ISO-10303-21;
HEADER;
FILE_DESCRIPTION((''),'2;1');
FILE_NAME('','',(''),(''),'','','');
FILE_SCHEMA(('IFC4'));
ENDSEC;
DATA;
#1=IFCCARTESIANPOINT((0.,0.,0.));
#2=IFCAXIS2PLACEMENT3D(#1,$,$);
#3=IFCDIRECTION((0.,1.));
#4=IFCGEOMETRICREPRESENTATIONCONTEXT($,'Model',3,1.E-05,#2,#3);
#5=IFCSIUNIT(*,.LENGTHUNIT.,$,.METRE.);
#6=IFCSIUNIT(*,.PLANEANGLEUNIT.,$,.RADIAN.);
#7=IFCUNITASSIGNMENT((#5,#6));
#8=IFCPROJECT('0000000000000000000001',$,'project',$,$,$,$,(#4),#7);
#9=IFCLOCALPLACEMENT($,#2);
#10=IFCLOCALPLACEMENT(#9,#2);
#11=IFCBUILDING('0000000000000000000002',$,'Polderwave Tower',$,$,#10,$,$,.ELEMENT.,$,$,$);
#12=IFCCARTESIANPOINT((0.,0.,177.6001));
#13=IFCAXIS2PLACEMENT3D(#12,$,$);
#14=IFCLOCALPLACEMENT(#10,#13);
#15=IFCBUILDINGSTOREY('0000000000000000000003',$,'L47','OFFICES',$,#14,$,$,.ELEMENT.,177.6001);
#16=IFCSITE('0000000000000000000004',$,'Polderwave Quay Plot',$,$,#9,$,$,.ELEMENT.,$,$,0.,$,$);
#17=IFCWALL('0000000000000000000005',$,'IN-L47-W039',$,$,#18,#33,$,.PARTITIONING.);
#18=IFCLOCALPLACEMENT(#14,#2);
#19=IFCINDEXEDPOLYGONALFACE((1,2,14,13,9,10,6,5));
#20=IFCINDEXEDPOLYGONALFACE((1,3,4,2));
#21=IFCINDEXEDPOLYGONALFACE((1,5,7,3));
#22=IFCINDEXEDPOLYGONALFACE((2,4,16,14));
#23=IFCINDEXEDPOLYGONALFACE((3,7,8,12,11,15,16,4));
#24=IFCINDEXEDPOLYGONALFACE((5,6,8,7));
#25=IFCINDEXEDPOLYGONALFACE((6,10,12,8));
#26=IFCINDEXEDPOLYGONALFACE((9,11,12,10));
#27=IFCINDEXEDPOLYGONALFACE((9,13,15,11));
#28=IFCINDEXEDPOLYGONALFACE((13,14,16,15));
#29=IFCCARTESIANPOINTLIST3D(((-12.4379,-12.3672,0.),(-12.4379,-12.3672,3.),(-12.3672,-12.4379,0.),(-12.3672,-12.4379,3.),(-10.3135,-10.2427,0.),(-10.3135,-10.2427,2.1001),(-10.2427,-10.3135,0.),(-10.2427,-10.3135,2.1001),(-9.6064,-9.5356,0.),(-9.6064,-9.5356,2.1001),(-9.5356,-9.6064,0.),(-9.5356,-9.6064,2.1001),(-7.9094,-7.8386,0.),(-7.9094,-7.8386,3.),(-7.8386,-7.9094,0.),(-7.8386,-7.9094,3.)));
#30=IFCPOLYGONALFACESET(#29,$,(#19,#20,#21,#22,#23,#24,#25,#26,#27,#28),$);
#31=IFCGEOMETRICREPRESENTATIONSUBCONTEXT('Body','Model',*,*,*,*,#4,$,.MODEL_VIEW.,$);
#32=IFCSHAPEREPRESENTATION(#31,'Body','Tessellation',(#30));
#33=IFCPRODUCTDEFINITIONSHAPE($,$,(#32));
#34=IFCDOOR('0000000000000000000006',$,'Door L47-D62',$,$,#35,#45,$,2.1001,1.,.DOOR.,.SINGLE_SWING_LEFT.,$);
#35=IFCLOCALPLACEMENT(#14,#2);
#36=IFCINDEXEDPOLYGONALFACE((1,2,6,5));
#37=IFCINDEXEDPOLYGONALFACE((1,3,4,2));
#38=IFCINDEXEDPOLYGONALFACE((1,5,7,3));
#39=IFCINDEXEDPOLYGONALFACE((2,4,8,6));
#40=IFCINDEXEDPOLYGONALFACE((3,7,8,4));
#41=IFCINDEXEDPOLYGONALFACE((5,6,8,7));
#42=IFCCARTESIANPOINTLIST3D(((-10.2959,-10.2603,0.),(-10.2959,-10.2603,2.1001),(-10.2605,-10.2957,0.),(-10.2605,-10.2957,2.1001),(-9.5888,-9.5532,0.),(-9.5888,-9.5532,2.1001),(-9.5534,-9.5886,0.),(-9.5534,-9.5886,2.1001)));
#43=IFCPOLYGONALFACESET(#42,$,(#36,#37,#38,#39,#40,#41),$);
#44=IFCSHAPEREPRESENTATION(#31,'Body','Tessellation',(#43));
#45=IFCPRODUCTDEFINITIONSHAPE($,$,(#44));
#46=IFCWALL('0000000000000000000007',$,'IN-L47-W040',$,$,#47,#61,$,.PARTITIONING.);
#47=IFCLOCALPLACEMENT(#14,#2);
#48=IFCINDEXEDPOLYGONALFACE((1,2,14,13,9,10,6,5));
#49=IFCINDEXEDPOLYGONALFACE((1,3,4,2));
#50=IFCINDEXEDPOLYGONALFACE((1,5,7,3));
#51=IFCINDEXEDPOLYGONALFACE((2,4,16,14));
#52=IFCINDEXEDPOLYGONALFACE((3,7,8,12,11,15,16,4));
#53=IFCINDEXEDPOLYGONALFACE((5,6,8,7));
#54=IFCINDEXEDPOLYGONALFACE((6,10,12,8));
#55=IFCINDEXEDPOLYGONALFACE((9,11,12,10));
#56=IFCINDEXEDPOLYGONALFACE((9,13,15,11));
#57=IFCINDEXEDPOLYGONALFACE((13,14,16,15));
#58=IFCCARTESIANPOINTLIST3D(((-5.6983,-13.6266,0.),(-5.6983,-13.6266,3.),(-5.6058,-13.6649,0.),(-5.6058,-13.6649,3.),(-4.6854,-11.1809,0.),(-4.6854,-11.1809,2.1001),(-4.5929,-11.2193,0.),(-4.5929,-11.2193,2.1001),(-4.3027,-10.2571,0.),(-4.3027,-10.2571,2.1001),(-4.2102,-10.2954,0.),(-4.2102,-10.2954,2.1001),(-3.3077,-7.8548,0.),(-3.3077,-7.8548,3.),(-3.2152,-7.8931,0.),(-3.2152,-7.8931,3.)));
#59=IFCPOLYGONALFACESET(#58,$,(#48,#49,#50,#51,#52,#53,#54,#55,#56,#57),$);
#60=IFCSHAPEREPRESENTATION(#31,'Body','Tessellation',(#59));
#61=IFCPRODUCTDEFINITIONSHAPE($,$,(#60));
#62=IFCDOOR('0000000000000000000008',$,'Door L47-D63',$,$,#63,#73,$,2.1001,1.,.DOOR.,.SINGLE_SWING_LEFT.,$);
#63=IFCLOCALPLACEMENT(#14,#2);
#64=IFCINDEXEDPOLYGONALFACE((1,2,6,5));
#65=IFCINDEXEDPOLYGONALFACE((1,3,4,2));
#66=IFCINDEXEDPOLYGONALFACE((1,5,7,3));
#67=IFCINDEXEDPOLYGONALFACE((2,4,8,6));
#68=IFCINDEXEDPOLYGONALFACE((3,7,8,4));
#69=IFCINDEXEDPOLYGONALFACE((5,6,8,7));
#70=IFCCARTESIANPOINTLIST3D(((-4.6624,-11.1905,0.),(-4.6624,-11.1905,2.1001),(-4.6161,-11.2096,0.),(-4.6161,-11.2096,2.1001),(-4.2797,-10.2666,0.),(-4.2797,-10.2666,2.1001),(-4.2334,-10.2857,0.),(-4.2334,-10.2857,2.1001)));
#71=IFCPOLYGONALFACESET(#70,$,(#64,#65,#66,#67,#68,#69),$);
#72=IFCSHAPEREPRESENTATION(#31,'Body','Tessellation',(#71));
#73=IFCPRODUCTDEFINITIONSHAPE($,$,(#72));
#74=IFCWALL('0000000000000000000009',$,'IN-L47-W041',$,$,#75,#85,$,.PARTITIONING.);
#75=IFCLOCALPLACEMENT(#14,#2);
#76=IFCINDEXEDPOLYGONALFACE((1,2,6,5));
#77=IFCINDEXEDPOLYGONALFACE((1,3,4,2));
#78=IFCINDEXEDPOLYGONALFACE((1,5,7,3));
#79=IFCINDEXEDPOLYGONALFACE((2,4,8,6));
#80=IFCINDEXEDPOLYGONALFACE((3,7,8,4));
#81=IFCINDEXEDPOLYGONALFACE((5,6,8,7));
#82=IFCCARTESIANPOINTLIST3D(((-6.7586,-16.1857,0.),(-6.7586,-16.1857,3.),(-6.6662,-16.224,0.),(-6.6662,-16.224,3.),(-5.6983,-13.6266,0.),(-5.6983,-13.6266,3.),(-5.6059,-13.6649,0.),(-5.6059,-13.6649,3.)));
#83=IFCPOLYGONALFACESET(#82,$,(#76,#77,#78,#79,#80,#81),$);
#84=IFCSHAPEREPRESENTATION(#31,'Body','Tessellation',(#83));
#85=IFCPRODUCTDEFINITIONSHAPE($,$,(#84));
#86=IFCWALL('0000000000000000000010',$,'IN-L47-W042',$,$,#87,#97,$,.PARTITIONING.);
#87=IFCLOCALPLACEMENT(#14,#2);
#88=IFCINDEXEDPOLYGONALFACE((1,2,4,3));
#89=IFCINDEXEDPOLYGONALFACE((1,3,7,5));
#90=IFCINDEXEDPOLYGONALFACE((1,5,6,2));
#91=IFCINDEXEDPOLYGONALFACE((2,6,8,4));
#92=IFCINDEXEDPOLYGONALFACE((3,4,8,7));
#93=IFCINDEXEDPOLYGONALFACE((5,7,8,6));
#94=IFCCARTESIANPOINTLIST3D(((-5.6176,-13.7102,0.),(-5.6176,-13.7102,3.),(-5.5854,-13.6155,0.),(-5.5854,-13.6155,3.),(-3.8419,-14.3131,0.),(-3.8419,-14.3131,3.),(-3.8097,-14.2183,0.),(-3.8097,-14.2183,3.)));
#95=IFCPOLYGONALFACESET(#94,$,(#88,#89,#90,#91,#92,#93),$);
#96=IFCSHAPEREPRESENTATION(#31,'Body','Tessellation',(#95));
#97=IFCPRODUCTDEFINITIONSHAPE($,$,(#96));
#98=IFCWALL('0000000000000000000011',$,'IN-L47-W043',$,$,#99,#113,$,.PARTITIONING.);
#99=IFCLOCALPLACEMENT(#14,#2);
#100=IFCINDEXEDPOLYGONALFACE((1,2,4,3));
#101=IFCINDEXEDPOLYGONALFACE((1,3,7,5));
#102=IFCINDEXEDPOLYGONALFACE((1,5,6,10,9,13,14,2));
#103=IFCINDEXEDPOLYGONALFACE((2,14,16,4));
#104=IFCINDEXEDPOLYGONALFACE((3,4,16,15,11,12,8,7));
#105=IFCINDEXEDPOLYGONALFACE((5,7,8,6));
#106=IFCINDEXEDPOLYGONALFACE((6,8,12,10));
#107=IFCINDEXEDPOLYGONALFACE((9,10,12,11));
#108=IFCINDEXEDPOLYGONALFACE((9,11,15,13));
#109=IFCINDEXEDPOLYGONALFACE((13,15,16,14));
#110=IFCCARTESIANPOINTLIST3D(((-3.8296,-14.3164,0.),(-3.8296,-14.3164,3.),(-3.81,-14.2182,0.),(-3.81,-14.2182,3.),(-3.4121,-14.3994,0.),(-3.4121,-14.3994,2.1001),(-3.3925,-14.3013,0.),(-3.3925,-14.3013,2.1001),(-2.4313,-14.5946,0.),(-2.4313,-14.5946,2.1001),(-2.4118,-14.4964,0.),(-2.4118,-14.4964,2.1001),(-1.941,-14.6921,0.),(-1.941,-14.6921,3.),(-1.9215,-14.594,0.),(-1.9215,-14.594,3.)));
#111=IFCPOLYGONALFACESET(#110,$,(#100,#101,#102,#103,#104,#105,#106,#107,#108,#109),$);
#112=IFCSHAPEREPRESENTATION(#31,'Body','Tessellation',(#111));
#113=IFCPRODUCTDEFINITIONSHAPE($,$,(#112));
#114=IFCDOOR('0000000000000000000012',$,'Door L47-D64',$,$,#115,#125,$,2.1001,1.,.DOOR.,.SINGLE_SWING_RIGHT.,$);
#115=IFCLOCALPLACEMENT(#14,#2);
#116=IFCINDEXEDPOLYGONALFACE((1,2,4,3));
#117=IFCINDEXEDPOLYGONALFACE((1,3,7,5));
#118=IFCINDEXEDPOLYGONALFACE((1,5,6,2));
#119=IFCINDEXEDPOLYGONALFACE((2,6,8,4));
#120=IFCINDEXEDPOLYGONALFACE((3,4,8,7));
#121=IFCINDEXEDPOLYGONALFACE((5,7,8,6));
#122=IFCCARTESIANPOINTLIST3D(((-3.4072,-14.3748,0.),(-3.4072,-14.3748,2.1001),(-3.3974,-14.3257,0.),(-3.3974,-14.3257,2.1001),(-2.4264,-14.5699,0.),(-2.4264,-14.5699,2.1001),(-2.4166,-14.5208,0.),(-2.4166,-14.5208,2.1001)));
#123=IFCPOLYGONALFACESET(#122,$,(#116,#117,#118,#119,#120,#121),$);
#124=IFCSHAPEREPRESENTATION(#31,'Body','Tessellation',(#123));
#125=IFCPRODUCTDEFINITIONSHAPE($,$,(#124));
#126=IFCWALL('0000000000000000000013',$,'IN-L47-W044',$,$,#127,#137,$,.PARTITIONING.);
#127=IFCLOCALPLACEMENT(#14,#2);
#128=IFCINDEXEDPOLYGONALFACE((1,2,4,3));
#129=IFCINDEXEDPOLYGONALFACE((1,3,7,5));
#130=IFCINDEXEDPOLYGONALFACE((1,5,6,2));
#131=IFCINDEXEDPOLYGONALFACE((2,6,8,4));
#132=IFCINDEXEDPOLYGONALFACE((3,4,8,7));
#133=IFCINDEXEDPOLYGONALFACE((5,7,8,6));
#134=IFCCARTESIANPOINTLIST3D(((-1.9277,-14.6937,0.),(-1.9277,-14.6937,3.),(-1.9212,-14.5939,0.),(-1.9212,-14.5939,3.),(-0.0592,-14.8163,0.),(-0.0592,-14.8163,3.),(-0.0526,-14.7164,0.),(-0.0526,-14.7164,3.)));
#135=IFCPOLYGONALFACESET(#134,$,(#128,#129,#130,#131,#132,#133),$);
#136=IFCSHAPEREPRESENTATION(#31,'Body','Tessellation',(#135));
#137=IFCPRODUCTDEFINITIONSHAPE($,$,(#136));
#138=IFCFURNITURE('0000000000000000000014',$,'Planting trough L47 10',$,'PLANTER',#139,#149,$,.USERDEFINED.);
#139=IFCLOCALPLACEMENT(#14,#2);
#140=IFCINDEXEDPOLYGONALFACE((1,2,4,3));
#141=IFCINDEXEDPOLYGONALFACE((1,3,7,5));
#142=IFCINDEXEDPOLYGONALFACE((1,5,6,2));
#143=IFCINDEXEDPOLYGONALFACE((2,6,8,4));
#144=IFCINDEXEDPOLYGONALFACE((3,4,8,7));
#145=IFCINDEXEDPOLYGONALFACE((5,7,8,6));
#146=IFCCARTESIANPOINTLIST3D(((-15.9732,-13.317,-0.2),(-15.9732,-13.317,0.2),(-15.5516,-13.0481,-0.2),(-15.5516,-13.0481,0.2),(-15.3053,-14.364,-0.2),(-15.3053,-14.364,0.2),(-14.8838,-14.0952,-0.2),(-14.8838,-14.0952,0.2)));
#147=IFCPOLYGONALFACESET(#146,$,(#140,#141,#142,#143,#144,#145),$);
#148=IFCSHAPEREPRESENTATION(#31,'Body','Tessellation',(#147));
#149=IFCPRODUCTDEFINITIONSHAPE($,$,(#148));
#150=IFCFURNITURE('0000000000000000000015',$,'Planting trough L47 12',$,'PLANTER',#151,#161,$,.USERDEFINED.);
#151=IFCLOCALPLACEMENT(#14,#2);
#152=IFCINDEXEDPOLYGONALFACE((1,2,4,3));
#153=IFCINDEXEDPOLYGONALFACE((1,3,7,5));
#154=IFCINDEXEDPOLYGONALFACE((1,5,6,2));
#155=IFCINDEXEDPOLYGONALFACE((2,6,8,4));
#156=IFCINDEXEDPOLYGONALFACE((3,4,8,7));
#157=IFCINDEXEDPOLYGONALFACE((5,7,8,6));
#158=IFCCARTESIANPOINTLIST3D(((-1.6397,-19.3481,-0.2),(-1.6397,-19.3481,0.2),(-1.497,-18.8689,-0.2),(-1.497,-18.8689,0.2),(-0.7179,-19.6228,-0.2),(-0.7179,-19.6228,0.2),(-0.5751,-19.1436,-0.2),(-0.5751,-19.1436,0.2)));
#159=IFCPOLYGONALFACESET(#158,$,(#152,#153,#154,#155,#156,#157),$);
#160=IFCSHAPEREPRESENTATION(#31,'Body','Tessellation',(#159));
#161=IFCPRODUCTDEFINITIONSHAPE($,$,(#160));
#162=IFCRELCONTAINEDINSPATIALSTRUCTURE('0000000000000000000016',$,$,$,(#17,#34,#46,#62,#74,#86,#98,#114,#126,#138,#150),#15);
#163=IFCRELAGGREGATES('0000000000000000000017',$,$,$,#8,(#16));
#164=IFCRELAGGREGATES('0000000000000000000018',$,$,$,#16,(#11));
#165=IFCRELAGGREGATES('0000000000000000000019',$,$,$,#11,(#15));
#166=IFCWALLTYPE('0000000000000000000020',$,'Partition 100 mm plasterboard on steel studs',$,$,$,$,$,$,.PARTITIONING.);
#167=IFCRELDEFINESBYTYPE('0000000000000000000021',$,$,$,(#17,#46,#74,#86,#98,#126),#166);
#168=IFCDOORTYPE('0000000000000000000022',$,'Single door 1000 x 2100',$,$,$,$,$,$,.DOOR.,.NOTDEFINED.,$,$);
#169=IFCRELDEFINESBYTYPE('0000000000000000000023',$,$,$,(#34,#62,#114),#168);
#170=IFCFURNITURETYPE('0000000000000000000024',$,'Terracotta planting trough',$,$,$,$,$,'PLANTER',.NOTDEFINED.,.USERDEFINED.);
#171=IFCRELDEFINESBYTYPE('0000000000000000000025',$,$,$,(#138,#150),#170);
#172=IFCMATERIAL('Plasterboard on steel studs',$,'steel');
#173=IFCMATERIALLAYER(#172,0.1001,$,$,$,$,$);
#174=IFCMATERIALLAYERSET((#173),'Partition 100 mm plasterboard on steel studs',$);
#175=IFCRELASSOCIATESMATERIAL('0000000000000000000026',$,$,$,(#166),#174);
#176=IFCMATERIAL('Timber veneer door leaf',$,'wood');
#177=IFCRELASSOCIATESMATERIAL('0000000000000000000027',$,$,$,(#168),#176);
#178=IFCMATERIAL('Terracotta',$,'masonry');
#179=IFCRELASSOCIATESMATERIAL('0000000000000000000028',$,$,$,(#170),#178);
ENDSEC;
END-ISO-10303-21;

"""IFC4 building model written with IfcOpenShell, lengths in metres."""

from ifc_helpers import new_model, si_unit, direction, frame, frame_2d, origin, origin_2d, place, context, subcontext, project, spatial, rectangle, extrude, material, layer, layer_set, type_object, element, fill, save


model = new_model("IFC4")

# Units and contexts
model_context = context("Model", 3, precision=1e-05, world=origin(), true_north=direction((0.0, 1.0)))
body_context = subcontext(model_context, "Body", "Model", "MODEL_VIEW")
ifc_project = project(units=[si_unit("LENGTHUNIT", "METRE"), si_unit("PLANEANGLEUNIT", "RADIAN")], contexts=[model_context])

# Site, building, storey
site_placement = place(None, origin())
site = spatial("IfcSite", under=ifc_project, at=site_placement, Name="Polderwave Quay Plot", CompositionType="ELEMENT", RefElevation=0.0)
building_placement = place(site_placement, origin())
building = spatial("IfcBuilding", under=site, at=building_placement, Name="Polderwave Tower", CompositionType="ELEMENT")
storey_placement = place(building_placement, frame((0.0, 0.0, 177.6001)))
storey = spatial("IfcBuildingStorey", under=building, at=storey_placement, Name="L47", Description="OFFICES", CompositionType="ELEMENT", Elevation=177.6001)

# Walls, openings, doors
ifc_material_1 = material(Name="Plasterboard on steel studs", Category="steel")
ifc_layer_1 = layer(ifc_material_1, 0.1001)
ifc_layer_set_1 = layer_set([ifc_layer_1], Name="Partition 100 mm plasterboard on steel studs")
wall_type_1 = type_object("IfcWallType", Name="Partition 100 mm plasterboard on steel studs", PredefinedType="PARTITIONING", material=ifc_layer_set_1)
wall_1_placement = place(storey_placement, frame((-7.874, -7.874, 0.0), z_axis=(0.0, 0.0, 1.0), x_axis=(-0.707107, -0.707107, 0.0)))
wall_1 = element("IfcWall", 1, at=wall_1_placement, inside=storey, type_object=wall_type_1, Name="IN-L47-W039", PredefinedType="PARTITIONING", context=body_context, shape_type="SweptSolid", body=[
    extrude(rectangle(XDim=6.4043, YDim=0.1001, at=frame_2d((3.2021, 0.0))), origin(), (0.0, 0.0, 1.0), 3.0),
])
opening_1_placement = place(wall_1_placement, frame((2.3999, 0.0, 0.0)))
opening_1 = element("IfcOpeningElement", 2, at=opening_1_placement, cuts=wall_1, PredefinedType="OPENING", context=body_context, shape_type="SweptSolid", body=[
    extrude(rectangle(XDim=1.0, YDim=2.1001, at=frame_2d((0.5, 1.05))), frame((0.0, 0.0601, 0.0), z_axis=(0.0, -1.0, 0.0), x_axis=(1.0, 0.0, 0.0)), (0.0, 0.0, 1.0), 0.1201),
])
ifc_material_2 = material(Name="Timber veneer door leaf", Category="wood")
door_type = type_object("IfcDoorType", Name="Single door 1000 x 2100", OperationType="NOTDEFINED", PredefinedType="DOOR", material=ifc_material_2)
door_1_placement = place(opening_1_placement, origin())
door_1 = element("IfcDoor", 3, at=door_1_placement, inside=storey, type_object=door_type, Name="Door L47-D62", OperationType="SINGLE_SWING_LEFT", OverallHeight=2.1001, OverallWidth=1.0, PredefinedType="DOOR", context=body_context, shape_type="SweptSolid", body=[
    extrude(rectangle(XDim=1.0, YDim=2.1001, at=frame_2d((0.5, 1.05))), frame((0.0, 0.0249, 0.0), z_axis=(0.0, -1.0, 0.0), x_axis=(1.0, 0.0, 0.0)), (0.0, 0.0, 1.0), 0.05),
])
fill(opening_1, door_1)
wall_2_placement = place(storey_placement, frame((-3.2615, -7.874, 0.0), z_axis=(0.0, 0.0, 1.0), x_axis=(-0.382669, -0.923885, 0.0)))
wall_2 = element("IfcWall", 4, at=wall_2_placement, inside=storey, type_object=wall_type_1, Name="IN-L47-W040", PredefinedType="PARTITIONING", context=body_context, shape_type="SweptSolid", body=[
    extrude(rectangle(XDim=6.2473, YDim=0.1001, at=frame_2d((3.1235, 0.0))), origin(), (0.0, 0.0, 1.0), 3.0),
])
opening_2_placement = place(wall_2_placement, frame((2.6001, 0.0, 0.0)))
opening_2 = element("IfcOpeningElement", 5, at=opening_2_placement, cuts=wall_2, PredefinedType="OPENING", context=body_context, shape_type="SweptSolid", body=[
    extrude(rectangle(XDim=1.0, YDim=2.1001, at=frame_2d((0.5, 1.05))), frame((0.0, 0.0601, 0.0), z_axis=(0.0, -1.0, 0.0), x_axis=(1.0, 0.0, 0.0)), (0.0, 0.0, 1.0), 0.1201),
])
door_2_placement = place(opening_2_placement, origin())
door_2 = element("IfcDoor", 6, at=door_2_placement, inside=storey, type_object=door_type, Name="Door L47-D63", OperationType="SINGLE_SWING_LEFT", OverallHeight=2.1001, OverallWidth=1.0, PredefinedType="DOOR", context=body_context, shape_type="SweptSolid", body=[
    extrude(rectangle(XDim=1.0, YDim=2.1001, at=frame_2d((0.5, 1.05))), frame((0.0, 0.0249, 0.0), z_axis=(0.0, -1.0, 0.0), x_axis=(1.0, 0.0, 0.0)), (0.0, 0.0, 1.0), 0.05),
])
fill(opening_2, door_2)

# Walls
wall_3_placement = place(storey_placement, frame((-5.6521, -13.6458, 0.0), z_axis=(0.0, 0.0, 1.0), x_axis=(-0.382775, -0.923842, 0.0)))
element("IfcWall", 7, at=wall_3_placement, inside=storey, type_object=wall_type_1, Name="IN-L47-W041", PredefinedType="PARTITIONING", context=body_context, shape_type="SweptSolid", body=[
    extrude(rectangle(XDim=2.77, YDim=0.1001, at=frame_2d((1.385, 0.0))), origin(), (0.0, 0.0, 1.0), 3.0),
])
wall_4_placement = place(storey_placement, frame((-3.8259, -14.2656, 0.0), z_axis=(0.0, 0.0, 1.0), x_axis=(-0.946924, 0.321457, 0.0)))
element("IfcWall", 8, at=wall_4_placement, inside=storey, type_object=wall_type_1, Name="IN-L47-W042", PredefinedType="PARTITIONING", context=body_context, shape_type="SweptSolid", body=[
    extrude(rectangle(XDim=1.8752, YDim=0.1001, at=frame_2d((0.9375, 0.0))), origin(), (0.0, 0.0, 1.0), 3.0),
])

# Wall, opening, door
wall_5_placement = place(storey_placement, frame((-1.9312, -14.6431, 0.0), z_axis=(0.0, 0.0, 1.0), x_axis=(-0.980775, 0.195141, 0.0)))
wall_5 = element("IfcWall", 9, at=wall_5_placement, inside=storey, type_object=wall_type_1, Name="IN-L47-W043", PredefinedType="PARTITIONING", context=body_context, shape_type="SweptSolid", body=[
    extrude(rectangle(XDim=1.9255, YDim=0.1001, at=frame_2d((0.9629, 0.0))), origin(), (0.0, 0.0, 1.0), 3.0),
])
opening_3_placement = place(wall_5_placement, frame((0.5, 0.0, 0.0)))
opening_3 = element("IfcOpeningElement", 10, at=opening_3_placement, cuts=wall_5, PredefinedType="OPENING", context=body_context, shape_type="SweptSolid", body=[
    extrude(rectangle(XDim=1.0, YDim=2.1001, at=frame_2d((0.5, 1.05))), frame((0.0, 0.0601, 0.0), z_axis=(0.0, -1.0, 0.0), x_axis=(1.0, 0.0, 0.0)), (0.0, 0.0, 1.0), 0.1201),
])
door_3_placement = place(opening_3_placement, origin())
door_3 = element("IfcDoor", 11, at=door_3_placement, inside=storey, type_object=door_type, Name="Door L47-D64", OperationType="SINGLE_SWING_RIGHT", OverallHeight=2.1001, OverallWidth=1.0, PredefinedType="DOOR", context=body_context, shape_type="SweptSolid", body=[
    extrude(rectangle(XDim=1.0, YDim=2.1001, at=frame_2d((0.5, 1.05))), frame((0.0, 0.0249, 0.0), z_axis=(0.0, -1.0, 0.0), x_axis=(1.0, 0.0, 0.0)), (0.0, 0.0, 1.0), 0.05),
])
fill(opening_3, door_3)

# Wall
wall_6_placement = place(storey_placement, frame((-0.0559, -14.7664, 0.0), z_axis=(0.0, 0.0, 1.0), x_axis=(-0.997856, 0.065446, 0.0)))
element("IfcWall", 12, at=wall_6_placement, inside=storey, type_object=wall_type_1, Name="IN-L47-W044", PredefinedType="PARTITIONING", context=body_context, shape_type="SweptSolid", body=[
    extrude(rectangle(XDim=1.8726, YDim=0.1001, at=frame_2d((0.9363, 0.0))), origin(), (0.0, 0.0, 1.0), 3.0),
])

# Furniture
ifc_material_3 = material(Name="Terracotta", Category="masonry")
furniture_type = type_object("IfcFurnitureType", Name="Terracotta planting trough", ElementType="PLANTER", AssemblyPlace="NOTDEFINED", PredefinedType="USERDEFINED", material=ifc_material_3)
furniture_1_placement = place(storey_placement, frame((-15.4285, -13.7061, -0.2), z_axis=(0.0, 0.0, 1.0), x_axis=(0.537766, -0.843094, 0.0)))
element("IfcFurniture", 13, at=furniture_1_placement, inside=storey, type_object=furniture_type, Name="Planting trough L47 10", ObjectType="PLANTER", PredefinedType="USERDEFINED", context=body_context, shape_type="SweptSolid", body=[
    extrude(rectangle(XDim=1.2419, YDim=0.5, at=origin_2d()), origin(), (0.0, 0.0, 1.0), 0.3999),
])
furniture_2_placement = place(storey_placement, frame((-1.1074, -19.2458, -0.2), z_axis=(0.0, 0.0, 1.0), x_axis=(0.958372, -0.285523, 0.0)))
element("IfcFurniture", 14, at=furniture_2_placement, inside=storey, type_object=furniture_type, Name="Planting trough L47 12", ObjectType="PLANTER", PredefinedType="USERDEFINED", context=body_context, shape_type="SweptSolid", body=[
    extrude(rectangle(XDim=0.9619, YDim=0.5, at=origin_2d()), origin(), (0.0, 0.0, 1.0), 0.3999),
])

save(model, "model.ifc")
